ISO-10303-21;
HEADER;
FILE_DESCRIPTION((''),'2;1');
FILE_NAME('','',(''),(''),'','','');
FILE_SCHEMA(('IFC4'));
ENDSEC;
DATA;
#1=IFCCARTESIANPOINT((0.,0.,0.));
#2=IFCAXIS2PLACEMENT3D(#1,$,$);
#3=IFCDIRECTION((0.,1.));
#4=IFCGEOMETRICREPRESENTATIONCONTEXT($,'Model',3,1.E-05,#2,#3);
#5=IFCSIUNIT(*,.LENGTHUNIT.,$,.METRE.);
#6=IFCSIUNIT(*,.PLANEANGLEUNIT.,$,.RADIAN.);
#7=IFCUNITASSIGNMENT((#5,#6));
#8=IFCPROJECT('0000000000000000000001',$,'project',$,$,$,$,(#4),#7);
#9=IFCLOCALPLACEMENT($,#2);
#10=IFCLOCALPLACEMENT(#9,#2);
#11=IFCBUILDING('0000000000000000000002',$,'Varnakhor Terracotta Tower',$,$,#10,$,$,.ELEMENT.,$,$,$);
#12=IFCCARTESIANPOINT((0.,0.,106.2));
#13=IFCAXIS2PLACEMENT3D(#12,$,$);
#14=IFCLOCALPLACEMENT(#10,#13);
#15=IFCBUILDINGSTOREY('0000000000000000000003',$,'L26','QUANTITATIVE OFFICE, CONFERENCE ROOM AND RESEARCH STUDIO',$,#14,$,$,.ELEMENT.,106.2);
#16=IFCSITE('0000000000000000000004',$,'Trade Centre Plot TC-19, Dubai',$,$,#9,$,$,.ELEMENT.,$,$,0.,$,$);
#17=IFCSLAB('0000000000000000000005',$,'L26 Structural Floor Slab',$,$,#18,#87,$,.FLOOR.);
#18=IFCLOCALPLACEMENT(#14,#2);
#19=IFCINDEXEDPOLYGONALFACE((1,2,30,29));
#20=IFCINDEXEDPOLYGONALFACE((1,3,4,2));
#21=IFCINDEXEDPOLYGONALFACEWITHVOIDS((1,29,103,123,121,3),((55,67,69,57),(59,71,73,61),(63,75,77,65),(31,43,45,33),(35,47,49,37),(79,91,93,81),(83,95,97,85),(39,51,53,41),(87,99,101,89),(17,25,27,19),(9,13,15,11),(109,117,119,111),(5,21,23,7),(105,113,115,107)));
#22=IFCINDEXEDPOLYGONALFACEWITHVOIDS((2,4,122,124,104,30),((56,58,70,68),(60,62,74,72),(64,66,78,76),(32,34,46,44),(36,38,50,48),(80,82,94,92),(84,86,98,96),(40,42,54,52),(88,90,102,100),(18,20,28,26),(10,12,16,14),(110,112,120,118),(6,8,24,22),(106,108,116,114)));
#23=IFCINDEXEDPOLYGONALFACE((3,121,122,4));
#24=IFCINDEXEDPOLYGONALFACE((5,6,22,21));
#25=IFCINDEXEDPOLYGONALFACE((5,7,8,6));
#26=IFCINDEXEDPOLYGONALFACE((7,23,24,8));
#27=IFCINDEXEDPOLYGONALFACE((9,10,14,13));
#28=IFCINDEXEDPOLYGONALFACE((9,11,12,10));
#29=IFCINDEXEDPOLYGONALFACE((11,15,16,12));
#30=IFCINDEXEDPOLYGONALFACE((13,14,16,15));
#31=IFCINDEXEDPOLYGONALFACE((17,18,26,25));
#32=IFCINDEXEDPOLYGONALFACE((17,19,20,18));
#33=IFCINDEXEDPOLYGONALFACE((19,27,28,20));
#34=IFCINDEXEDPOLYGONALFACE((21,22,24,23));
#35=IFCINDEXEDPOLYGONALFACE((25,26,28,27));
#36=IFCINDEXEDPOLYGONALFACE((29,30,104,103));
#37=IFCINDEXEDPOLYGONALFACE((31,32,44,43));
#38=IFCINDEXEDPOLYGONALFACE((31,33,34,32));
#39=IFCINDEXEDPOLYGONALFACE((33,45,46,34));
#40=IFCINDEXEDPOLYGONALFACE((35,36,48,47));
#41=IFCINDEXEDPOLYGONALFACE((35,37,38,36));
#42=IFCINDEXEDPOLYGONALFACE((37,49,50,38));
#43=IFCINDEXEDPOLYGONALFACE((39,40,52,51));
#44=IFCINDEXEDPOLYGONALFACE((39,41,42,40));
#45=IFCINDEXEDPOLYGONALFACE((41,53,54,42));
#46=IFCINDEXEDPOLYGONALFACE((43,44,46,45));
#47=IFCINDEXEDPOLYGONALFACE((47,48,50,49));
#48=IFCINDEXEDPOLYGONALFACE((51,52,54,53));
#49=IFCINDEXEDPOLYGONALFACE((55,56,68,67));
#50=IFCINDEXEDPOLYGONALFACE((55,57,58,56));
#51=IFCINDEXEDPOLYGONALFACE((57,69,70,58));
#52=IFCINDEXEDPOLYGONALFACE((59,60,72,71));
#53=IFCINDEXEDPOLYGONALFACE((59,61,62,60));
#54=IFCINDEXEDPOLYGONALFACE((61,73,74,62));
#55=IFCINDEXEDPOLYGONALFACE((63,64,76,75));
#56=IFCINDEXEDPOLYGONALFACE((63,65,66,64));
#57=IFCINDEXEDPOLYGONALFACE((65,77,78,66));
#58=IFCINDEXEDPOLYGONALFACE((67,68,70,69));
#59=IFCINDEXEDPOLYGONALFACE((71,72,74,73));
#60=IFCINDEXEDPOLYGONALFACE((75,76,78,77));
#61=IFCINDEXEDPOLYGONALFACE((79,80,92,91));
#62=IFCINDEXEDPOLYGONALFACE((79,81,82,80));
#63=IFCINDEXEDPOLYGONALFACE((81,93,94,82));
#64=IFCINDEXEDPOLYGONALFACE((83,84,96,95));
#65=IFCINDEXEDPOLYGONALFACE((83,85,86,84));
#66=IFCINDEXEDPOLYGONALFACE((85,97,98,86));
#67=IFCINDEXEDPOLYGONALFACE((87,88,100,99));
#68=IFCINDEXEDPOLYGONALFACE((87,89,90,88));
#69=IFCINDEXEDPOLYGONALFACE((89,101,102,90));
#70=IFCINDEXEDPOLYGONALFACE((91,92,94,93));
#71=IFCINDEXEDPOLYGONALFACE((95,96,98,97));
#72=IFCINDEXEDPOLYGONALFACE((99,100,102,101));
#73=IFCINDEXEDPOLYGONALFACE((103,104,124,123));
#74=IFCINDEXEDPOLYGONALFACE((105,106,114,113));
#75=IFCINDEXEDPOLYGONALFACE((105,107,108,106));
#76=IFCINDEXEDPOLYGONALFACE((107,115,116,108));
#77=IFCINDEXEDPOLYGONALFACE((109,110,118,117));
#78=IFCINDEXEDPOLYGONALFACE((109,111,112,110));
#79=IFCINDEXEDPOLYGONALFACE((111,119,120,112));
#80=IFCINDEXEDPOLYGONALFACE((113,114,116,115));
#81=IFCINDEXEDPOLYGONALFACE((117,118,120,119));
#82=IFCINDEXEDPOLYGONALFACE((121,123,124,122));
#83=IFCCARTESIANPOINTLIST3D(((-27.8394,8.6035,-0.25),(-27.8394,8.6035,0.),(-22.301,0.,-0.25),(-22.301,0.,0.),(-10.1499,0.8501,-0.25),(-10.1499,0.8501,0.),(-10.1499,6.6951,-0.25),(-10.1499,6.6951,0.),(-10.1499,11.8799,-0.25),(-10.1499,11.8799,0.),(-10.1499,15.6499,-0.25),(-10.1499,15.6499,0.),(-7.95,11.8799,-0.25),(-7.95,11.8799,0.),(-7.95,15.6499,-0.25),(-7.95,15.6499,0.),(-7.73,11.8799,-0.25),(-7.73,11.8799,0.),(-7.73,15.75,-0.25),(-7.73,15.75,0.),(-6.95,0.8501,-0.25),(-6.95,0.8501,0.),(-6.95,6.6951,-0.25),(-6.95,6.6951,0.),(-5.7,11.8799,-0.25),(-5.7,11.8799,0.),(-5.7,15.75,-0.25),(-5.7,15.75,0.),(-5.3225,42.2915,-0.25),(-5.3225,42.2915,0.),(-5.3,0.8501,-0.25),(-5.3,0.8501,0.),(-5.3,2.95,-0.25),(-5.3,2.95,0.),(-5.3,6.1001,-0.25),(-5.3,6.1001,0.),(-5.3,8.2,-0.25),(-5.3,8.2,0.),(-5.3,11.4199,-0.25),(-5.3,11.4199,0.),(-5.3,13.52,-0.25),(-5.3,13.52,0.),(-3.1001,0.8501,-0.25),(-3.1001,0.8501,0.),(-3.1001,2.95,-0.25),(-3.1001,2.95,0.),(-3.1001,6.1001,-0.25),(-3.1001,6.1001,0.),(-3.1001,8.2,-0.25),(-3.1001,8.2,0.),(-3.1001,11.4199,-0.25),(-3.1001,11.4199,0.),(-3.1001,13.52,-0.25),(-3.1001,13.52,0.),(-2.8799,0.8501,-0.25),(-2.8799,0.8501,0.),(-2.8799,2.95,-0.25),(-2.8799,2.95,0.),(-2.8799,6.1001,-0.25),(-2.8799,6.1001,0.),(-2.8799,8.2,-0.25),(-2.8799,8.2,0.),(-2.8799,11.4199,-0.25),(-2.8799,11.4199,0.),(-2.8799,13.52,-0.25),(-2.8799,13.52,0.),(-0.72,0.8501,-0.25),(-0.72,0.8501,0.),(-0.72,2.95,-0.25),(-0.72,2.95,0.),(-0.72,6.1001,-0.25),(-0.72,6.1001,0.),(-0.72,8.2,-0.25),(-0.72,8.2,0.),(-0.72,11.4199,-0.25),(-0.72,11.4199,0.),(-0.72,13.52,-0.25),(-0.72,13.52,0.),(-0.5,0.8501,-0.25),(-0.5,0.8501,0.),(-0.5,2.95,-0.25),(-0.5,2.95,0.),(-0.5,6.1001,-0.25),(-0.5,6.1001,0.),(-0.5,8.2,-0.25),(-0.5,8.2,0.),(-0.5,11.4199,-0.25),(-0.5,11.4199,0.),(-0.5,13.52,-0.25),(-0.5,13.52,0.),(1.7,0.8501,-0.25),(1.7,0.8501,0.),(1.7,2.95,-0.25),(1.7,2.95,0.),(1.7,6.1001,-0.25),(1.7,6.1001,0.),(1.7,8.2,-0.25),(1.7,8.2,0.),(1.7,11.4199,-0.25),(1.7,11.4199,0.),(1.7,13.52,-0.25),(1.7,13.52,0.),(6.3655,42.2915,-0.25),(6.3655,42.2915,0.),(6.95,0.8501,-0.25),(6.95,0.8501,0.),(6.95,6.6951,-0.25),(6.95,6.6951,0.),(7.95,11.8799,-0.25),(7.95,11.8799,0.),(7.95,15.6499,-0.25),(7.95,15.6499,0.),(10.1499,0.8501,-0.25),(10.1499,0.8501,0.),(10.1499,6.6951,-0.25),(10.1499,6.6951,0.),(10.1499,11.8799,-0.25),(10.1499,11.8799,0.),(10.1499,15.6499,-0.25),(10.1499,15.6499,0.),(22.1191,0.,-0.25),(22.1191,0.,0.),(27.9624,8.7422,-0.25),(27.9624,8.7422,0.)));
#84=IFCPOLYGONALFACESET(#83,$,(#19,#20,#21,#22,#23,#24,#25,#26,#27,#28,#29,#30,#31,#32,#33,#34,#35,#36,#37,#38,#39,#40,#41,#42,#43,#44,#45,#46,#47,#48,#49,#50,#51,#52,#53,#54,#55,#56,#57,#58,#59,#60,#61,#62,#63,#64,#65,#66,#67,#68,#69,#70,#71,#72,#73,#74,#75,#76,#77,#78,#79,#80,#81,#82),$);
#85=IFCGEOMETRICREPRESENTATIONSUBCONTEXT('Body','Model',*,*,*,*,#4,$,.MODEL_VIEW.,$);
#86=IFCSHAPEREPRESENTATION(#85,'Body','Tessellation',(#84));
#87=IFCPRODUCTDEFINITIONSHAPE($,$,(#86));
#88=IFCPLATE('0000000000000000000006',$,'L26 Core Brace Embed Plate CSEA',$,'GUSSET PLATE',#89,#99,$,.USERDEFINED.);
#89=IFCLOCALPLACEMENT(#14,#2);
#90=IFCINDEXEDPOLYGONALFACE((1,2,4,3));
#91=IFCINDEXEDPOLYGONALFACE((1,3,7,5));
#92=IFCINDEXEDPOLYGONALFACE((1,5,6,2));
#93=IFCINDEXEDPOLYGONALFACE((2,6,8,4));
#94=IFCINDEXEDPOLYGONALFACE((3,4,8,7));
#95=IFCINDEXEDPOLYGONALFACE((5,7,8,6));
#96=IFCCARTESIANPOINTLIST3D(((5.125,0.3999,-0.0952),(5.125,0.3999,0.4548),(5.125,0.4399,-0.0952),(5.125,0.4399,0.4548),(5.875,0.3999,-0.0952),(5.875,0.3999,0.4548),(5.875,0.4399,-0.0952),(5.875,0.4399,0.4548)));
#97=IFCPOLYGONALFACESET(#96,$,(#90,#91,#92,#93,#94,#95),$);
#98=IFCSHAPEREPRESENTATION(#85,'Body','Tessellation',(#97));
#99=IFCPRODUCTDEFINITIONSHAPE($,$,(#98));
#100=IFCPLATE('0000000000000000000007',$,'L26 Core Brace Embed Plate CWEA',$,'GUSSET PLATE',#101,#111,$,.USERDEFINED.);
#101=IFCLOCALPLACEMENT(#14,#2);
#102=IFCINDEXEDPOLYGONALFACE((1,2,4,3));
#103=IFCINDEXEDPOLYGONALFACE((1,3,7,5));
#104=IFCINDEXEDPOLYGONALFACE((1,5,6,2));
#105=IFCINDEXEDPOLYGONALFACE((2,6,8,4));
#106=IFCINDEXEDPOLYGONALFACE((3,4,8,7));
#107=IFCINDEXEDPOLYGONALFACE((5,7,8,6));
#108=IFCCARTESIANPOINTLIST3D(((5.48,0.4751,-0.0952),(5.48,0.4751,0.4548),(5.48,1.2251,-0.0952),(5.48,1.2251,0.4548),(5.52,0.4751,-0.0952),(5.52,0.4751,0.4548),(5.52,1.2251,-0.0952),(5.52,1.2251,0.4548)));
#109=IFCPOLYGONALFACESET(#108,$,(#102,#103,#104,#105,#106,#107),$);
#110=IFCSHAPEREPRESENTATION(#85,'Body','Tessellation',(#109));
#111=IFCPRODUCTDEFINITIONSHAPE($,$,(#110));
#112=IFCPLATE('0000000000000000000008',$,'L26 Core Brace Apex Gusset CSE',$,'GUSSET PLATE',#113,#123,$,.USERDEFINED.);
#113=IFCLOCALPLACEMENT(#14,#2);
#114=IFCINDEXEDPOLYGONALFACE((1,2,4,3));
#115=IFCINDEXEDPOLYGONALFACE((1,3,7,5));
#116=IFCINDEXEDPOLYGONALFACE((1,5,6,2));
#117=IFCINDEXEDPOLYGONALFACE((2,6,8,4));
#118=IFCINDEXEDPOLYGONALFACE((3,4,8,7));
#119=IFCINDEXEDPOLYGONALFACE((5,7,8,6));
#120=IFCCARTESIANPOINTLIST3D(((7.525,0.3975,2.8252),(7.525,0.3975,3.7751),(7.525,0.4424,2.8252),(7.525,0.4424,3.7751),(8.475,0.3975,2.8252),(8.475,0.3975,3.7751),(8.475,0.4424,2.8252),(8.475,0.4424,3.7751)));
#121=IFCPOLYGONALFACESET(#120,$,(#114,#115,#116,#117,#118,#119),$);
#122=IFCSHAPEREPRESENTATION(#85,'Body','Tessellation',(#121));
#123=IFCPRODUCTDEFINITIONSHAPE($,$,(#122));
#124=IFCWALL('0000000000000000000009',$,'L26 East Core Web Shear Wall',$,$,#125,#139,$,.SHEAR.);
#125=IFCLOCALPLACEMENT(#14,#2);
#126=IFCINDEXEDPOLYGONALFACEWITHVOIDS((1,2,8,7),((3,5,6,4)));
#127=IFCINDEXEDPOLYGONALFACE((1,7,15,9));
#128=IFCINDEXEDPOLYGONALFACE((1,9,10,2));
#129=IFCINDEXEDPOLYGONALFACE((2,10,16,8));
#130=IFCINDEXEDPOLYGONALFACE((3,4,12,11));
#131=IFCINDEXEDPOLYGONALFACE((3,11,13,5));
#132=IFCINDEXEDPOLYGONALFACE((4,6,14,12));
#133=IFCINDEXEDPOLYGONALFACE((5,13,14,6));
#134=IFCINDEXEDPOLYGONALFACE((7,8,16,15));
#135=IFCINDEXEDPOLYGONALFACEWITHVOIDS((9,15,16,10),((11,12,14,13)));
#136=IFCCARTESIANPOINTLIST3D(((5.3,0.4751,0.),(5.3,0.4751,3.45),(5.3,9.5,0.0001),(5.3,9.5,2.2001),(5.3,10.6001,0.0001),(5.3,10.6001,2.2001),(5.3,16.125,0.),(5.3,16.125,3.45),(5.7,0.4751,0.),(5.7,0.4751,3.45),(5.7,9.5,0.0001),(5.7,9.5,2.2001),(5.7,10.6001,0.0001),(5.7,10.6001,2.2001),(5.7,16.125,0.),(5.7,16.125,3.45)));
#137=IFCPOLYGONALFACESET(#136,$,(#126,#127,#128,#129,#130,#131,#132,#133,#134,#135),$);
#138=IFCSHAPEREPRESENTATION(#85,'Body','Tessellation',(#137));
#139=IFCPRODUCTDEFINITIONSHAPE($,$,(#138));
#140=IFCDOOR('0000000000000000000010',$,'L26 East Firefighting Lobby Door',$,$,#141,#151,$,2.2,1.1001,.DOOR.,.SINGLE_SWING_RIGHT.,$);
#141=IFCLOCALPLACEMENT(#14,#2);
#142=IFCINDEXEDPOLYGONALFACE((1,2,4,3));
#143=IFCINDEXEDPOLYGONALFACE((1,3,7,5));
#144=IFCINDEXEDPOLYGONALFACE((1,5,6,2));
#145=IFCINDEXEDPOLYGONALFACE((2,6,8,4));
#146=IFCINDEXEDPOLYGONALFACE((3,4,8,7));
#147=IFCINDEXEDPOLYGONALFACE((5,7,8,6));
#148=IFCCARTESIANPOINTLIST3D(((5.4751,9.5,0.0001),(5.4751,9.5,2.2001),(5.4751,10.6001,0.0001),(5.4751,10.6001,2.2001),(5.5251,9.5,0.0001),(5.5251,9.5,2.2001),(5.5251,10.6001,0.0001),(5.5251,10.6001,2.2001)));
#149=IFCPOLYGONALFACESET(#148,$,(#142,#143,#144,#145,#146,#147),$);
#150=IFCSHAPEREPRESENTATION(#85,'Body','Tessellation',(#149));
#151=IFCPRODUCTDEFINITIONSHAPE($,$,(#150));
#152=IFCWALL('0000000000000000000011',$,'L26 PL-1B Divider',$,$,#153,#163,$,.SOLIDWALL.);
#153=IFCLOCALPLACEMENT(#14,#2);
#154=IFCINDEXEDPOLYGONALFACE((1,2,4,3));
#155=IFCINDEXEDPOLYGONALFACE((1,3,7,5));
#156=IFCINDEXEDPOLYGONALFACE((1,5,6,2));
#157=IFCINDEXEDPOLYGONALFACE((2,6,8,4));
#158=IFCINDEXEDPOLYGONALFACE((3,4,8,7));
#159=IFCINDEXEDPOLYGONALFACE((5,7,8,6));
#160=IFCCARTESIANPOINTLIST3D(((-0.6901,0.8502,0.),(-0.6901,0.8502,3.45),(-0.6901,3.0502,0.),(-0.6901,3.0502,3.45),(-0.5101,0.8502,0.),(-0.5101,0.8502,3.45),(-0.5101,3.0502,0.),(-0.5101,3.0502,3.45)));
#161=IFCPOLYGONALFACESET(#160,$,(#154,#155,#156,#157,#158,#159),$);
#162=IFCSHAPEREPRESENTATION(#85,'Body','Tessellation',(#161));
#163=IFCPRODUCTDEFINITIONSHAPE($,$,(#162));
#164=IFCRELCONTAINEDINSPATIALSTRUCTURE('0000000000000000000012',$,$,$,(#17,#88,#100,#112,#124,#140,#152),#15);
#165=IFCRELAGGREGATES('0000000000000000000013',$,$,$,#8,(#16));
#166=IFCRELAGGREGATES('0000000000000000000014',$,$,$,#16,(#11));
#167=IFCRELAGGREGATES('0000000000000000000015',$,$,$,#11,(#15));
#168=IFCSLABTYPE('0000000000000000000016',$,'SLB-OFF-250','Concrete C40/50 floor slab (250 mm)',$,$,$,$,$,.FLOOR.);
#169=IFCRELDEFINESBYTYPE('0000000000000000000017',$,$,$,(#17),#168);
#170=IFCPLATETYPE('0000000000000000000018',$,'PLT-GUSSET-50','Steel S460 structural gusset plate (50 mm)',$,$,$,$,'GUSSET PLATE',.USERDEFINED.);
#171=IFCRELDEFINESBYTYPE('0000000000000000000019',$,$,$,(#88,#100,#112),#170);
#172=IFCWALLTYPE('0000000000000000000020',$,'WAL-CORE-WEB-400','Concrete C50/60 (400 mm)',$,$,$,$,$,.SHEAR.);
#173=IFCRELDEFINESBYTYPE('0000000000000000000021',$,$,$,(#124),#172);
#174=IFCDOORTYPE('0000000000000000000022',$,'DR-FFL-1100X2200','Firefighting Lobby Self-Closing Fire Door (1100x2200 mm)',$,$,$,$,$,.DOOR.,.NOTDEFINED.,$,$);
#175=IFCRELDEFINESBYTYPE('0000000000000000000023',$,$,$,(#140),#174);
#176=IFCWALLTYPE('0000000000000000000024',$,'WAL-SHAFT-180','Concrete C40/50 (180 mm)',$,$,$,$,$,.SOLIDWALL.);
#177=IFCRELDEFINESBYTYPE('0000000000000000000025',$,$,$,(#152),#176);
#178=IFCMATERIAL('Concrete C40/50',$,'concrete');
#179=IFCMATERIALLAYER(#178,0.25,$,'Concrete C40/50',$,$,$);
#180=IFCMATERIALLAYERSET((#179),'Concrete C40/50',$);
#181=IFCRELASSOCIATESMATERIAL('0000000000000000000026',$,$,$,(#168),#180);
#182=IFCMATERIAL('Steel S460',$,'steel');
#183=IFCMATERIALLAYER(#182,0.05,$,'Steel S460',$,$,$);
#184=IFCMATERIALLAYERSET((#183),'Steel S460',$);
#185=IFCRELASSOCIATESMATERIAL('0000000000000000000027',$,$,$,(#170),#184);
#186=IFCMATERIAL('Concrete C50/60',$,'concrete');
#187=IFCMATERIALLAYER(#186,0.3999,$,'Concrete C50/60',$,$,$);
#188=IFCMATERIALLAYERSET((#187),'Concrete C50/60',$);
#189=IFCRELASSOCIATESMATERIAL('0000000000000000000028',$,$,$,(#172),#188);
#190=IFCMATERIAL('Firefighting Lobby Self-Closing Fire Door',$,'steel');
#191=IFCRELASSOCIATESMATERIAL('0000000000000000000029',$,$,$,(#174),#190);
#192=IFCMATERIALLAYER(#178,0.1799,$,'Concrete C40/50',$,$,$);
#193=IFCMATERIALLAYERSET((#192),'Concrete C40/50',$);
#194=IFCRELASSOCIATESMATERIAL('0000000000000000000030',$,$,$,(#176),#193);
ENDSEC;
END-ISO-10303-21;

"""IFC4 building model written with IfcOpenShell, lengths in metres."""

from ifc_helpers import new_model, si_unit, direction, frame, frame_2d, origin, origin_2d, place, context, subcontext, project, spatial, polyline, rectangle, outline, extrude, source, transform, mapped, material, layer, layer_set, type_object, type_shapes, element, fill, save


model = new_model("IFC4")

# Units and contexts
model_context = context("Model", 3, precision=1e-05, world=origin(), true_north=direction((0.0, 1.0)))
body_context = subcontext(model_context, "Body", "Model", "MODEL_VIEW")
ifc_project = project(units=[si_unit("LENGTHUNIT", "METRE"), si_unit("PLANEANGLEUNIT", "RADIAN")], contexts=[model_context])

# Site, building, storey
site_placement = place(None, origin())
site = spatial("IfcSite", under=ifc_project, at=site_placement, Name="Trade Centre Plot TC-19, Dubai", CompositionType="ELEMENT", RefElevation=0.0)
building_placement = place(site_placement, origin())
building = spatial("IfcBuilding", under=site, at=building_placement, Name="Varnakhor Terracotta Tower", CompositionType="ELEMENT")
storey_placement = place(building_placement, frame((0.0, 0.0, 106.2)))
storey = spatial("IfcBuildingStorey", under=building, at=storey_placement, Name="L26", Description="QUANTITATIVE OFFICE, CONFERENCE ROOM AND RESEARCH STUDIO", CompositionType="ELEMENT", Elevation=106.2)

# Shared definitions
ifc_material_1 = material(Name="Concrete C50/60", Category="concrete")

# Shared definitions
ifc_material_2 = material(Name="Steel S460", Category="steel")

# Shared definitions
ifc_material_3 = material(Name="Concrete C40/50", Category="concrete")

# Slab
ifc_layer_1 = layer(ifc_material_3, 0.25, Name="Concrete C40/50")
ifc_layer_set_1 = layer_set([ifc_layer_1], Name="Concrete C40/50")
slab_type_1 = type_object("IfcSlabType", Name="SLB-OFF-250", Description="Concrete C40/50 floor slab (250 mm)", PredefinedType="FLOOR", material=ifc_layer_set_1)
slab_1_placement = place(storey_placement, frame((0.0, 0.0, -0.25)))
element("IfcSlab", 1, at=slab_1_placement, inside=storey, type_object=slab_type_1, Name="L26 Structural Floor Slab", PredefinedType="FLOOR", context=body_context, shape_type="SweptSolid", body=[
    extrude(outline(polyline([(-27.8394, 8.6035), (-5.3225, 42.2915), (6.3655, 42.2915), (27.9624, 8.7422), (22.1191, 0.0), (-22.301, 0.0), (-27.8394, 8.6035)]), holes=[polyline([(-3.1001, 0.8501), (-3.1001, 2.95), (-5.3, 2.95), (-5.3, 0.8501), (-3.1001, 0.8501)]), polyline([(-2.8799, 0.8501), (-0.72, 0.8501), (-0.72, 2.95), (-2.8799, 2.95), (-2.8799, 0.8501)]), polyline([(-10.1499, 0.8501), (-6.95, 0.8501), (-6.95, 6.6951), (-10.1499, 6.6951), (-10.1499, 0.8501)]), polyline([(-5.3, 6.1001), (-3.1001, 6.1001), (-3.1001, 8.2), (-5.3, 8.2), (-5.3, 6.1001)]), polyline([(-5.3, 11.4199), (-3.1001, 11.4199), (-3.1001, 13.52), (-5.3, 13.52), (-5.3, 11.4199)]), polyline([(-10.1499, 11.8799), (-7.95, 11.8799), (-7.95, 15.6499), (-10.1499, 15.6499), (-10.1499, 11.8799)]), polyline([(-7.73, 11.8799), (-5.7, 11.8799), (-5.7, 15.75), (-7.73, 15.75), (-7.73, 11.8799)]), polyline([(1.7, 0.8501), (1.7, 2.95), (-0.5, 2.95), (-0.5, 0.8501), (1.7, 0.8501)]), polyline([(6.95, 0.8501), (10.1499, 0.8501), (10.1499, 6.6951), (6.95, 6.6951), (6.95, 0.8501)]), polyline([(-2.8799, 6.1001), (-0.72, 6.1001), (-0.72, 8.2), (-2.8799, 8.2), (-2.8799, 6.1001)]), polyline([(-0.5, 6.1001), (1.7, 6.1001), (1.7, 8.2), (-0.5, 8.2), (-0.5, 6.1001)]), polyline([(-2.8799, 11.4199), (-0.72, 11.4199), (-0.72, 13.52), (-2.8799, 13.52), (-2.8799, 11.4199)]), polyline([(-0.5, 11.4199), (1.7, 11.4199), (1.7, 13.52), (-0.5, 13.52), (-0.5, 11.4199)]), polyline([(7.95, 11.8799), (10.1499, 11.8799), (10.1499, 15.6499), (7.95, 15.6499), (7.95, 11.8799)])]), origin(), (0.0, 0.0, 1.0), 0.25),
])

# Plates
ifc_layer_2 = layer(ifc_material_2, 0.05, Name="Steel S460")
ifc_layer_set_2 = layer_set([ifc_layer_2], Name="Steel S460")
plate_type = type_object("IfcPlateType", Name="PLT-GUSSET-50", Description="Steel S460 structural gusset plate (50 mm)", ElementType="GUSSET PLATE", PredefinedType="USERDEFINED", material=ifc_layer_set_2)
shared_shape_1 = source(origin(), body_context, "Body", "SweptSolid", [
    extrude(rectangle(XDim=0.75, YDim=0.04, at=origin_2d()), origin(), (0.0, 0.0, 1.0), 0.55),
])
type_shapes(plate_type, [shared_shape_1])
for number, where, z_axis, x_axis, name in (
    (2, (5.5, 0.4199, -0.0952), (0.0, 0.0, 1.0), (1.0, 0.0, 0.0), "L26 Core Brace Embed Plate CSEA"),
    (3, (5.5, 0.8501, -0.0952), (0.0, 0.0, 1.0), (0.0, 1.0, 0.0), "L26 Core Brace Embed Plate CWEA"),
):
    element("IfcPlate", number, at=place(storey_placement, frame(where, z_axis=z_axis, x_axis=x_axis)), inside=storey, type_object=plate_type, Name=name, ObjectType="GUSSET PLATE", PredefinedType="USERDEFINED", context=body_context, shape_type="MappedRepresentation", body=[
        mapped(shared_shape_1, transform((0.0, 0.0, 0.0), scale=1.0)),
    ])
shared_shape_2 = source(origin(), body_context, "Body", "SweptSolid", [
    extrude(rectangle(XDim=0.95, YDim=0.0449, at=origin_2d()), origin(), (0.0, 0.0, 1.0), 0.95),
])
plate_placement = place(storey_placement, frame((8.0, 0.4199, 2.8252), z_axis=(0.0, 0.0, 1.0), x_axis=(1.0, 0.0, 0.0)))
element("IfcPlate", 4, at=plate_placement, inside=storey, type_object=plate_type, Name="L26 Core Brace Apex Gusset CSE", ObjectType="GUSSET PLATE", PredefinedType="USERDEFINED", context=body_context, shape_type="MappedRepresentation", body=[
    mapped(shared_shape_2, transform((0.0, 0.0, 0.0), scale=1.0)),
])

# Wall, opening, door
ifc_layer_3 = layer(ifc_material_1, 0.3999, Name="Concrete C50/60")
ifc_layer_set_3 = layer_set([ifc_layer_3], Name="Concrete C50/60")
wall_type_1 = type_object("IfcWallType", Name="WAL-CORE-WEB-400", Description="Concrete C50/60 (400 mm)", PredefinedType="SHEAR", material=ifc_layer_set_3)
wall_1_placement = place(storey_placement, frame((5.5, 0.4751, 0.0), z_axis=(0.0, 0.0, 1.0), x_axis=(0.0, 1.0, 0.0)))
wall_1 = element("IfcWall", 5, at=wall_1_placement, inside=storey, type_object=wall_type_1, Name="L26 East Core Web Shear Wall", PredefinedType="SHEAR", context=body_context, shape_type="SweptSolid", body=[
    extrude(rectangle(XDim=15.6499, YDim=0.3999, at=frame_2d((7.825, 0.0))), origin(), (0.0, 0.0, 1.0), 3.45),
])
opening_placement = place(wall_1_placement, frame((9.0249, 0.0, 0.0)))
opening = element("IfcOpeningElement", 6, at=opening_placement, cuts=wall_1, PredefinedType="OPENING", context=body_context, shape_type="SweptSolid", body=[
    extrude(rectangle(XDim=1.1001, YDim=2.2, at=frame_2d((0.55, 1.1001))), frame((0.0, 0.21, 0.0), z_axis=(0.0, -1.0, 0.0), x_axis=(1.0, 0.0, 0.0)), (0.0, 0.0, 1.0), 0.4199),
])
ifc_material_4 = material(Name="Firefighting Lobby Self-Closing Fire Door", Category="steel")
door_type = type_object("IfcDoorType", Name="DR-FFL-1100X2200", Description="Firefighting Lobby Self-Closing Fire Door (1100x2200 mm)", OperationType="NOTDEFINED", PredefinedType="DOOR", material=ifc_material_4)
shared_shape_3 = source(origin(), body_context, "Body", "SweptSolid", [
    extrude(rectangle(XDim=1.1001, YDim=2.2, at=frame_2d((0.55, 1.1001))), frame((0.0, 0.0249, 0.0), z_axis=(0.0, -1.0, 0.0), x_axis=(1.0, 0.0, 0.0)), (0.0, 0.0, 1.0), 0.05),
])
type_shapes(door_type, [shared_shape_3])
door_placement = place(opening_placement, origin())
door = element("IfcDoor", 7, at=door_placement, inside=storey, type_object=door_type, Name="L26 East Firefighting Lobby Door", OperationType="SINGLE_SWING_RIGHT", OverallHeight=2.2, OverallWidth=1.1001, PredefinedType="DOOR", context=body_context, shape_type="MappedRepresentation", body=[
    mapped(shared_shape_3, transform((0.0, 0.0, 0.0), scale=1.0)),
])
fill(opening, door)

# Wall
ifc_layer_4 = layer(ifc_material_3, 0.1799, Name="Concrete C40/50")
ifc_layer_set_4 = layer_set([ifc_layer_4], Name="Concrete C40/50")
wall_type_2 = type_object("IfcWallType", Name="WAL-SHAFT-180", Description="Concrete C40/50 (180 mm)", PredefinedType="SOLIDWALL", material=ifc_layer_set_4)
wall_2_placement = place(storey_placement, frame((-0.6001, 0.8501, 0.0), z_axis=(0.0, 0.0, 1.0), x_axis=(0.0, 1.0, 0.0)))
element("IfcWall", 8, at=wall_2_placement, inside=storey, type_object=wall_type_2, Name="L26 PL-1B Divider", PredefinedType="SOLIDWALL", context=body_context, shape_type="SweptSolid", body=[
    extrude(rectangle(XDim=2.2, YDim=0.1799, at=frame_2d((1.1001, 0.0))), origin(), (0.0, 0.0, 1.0), 3.45),
])

save(model, "model.ifc")
